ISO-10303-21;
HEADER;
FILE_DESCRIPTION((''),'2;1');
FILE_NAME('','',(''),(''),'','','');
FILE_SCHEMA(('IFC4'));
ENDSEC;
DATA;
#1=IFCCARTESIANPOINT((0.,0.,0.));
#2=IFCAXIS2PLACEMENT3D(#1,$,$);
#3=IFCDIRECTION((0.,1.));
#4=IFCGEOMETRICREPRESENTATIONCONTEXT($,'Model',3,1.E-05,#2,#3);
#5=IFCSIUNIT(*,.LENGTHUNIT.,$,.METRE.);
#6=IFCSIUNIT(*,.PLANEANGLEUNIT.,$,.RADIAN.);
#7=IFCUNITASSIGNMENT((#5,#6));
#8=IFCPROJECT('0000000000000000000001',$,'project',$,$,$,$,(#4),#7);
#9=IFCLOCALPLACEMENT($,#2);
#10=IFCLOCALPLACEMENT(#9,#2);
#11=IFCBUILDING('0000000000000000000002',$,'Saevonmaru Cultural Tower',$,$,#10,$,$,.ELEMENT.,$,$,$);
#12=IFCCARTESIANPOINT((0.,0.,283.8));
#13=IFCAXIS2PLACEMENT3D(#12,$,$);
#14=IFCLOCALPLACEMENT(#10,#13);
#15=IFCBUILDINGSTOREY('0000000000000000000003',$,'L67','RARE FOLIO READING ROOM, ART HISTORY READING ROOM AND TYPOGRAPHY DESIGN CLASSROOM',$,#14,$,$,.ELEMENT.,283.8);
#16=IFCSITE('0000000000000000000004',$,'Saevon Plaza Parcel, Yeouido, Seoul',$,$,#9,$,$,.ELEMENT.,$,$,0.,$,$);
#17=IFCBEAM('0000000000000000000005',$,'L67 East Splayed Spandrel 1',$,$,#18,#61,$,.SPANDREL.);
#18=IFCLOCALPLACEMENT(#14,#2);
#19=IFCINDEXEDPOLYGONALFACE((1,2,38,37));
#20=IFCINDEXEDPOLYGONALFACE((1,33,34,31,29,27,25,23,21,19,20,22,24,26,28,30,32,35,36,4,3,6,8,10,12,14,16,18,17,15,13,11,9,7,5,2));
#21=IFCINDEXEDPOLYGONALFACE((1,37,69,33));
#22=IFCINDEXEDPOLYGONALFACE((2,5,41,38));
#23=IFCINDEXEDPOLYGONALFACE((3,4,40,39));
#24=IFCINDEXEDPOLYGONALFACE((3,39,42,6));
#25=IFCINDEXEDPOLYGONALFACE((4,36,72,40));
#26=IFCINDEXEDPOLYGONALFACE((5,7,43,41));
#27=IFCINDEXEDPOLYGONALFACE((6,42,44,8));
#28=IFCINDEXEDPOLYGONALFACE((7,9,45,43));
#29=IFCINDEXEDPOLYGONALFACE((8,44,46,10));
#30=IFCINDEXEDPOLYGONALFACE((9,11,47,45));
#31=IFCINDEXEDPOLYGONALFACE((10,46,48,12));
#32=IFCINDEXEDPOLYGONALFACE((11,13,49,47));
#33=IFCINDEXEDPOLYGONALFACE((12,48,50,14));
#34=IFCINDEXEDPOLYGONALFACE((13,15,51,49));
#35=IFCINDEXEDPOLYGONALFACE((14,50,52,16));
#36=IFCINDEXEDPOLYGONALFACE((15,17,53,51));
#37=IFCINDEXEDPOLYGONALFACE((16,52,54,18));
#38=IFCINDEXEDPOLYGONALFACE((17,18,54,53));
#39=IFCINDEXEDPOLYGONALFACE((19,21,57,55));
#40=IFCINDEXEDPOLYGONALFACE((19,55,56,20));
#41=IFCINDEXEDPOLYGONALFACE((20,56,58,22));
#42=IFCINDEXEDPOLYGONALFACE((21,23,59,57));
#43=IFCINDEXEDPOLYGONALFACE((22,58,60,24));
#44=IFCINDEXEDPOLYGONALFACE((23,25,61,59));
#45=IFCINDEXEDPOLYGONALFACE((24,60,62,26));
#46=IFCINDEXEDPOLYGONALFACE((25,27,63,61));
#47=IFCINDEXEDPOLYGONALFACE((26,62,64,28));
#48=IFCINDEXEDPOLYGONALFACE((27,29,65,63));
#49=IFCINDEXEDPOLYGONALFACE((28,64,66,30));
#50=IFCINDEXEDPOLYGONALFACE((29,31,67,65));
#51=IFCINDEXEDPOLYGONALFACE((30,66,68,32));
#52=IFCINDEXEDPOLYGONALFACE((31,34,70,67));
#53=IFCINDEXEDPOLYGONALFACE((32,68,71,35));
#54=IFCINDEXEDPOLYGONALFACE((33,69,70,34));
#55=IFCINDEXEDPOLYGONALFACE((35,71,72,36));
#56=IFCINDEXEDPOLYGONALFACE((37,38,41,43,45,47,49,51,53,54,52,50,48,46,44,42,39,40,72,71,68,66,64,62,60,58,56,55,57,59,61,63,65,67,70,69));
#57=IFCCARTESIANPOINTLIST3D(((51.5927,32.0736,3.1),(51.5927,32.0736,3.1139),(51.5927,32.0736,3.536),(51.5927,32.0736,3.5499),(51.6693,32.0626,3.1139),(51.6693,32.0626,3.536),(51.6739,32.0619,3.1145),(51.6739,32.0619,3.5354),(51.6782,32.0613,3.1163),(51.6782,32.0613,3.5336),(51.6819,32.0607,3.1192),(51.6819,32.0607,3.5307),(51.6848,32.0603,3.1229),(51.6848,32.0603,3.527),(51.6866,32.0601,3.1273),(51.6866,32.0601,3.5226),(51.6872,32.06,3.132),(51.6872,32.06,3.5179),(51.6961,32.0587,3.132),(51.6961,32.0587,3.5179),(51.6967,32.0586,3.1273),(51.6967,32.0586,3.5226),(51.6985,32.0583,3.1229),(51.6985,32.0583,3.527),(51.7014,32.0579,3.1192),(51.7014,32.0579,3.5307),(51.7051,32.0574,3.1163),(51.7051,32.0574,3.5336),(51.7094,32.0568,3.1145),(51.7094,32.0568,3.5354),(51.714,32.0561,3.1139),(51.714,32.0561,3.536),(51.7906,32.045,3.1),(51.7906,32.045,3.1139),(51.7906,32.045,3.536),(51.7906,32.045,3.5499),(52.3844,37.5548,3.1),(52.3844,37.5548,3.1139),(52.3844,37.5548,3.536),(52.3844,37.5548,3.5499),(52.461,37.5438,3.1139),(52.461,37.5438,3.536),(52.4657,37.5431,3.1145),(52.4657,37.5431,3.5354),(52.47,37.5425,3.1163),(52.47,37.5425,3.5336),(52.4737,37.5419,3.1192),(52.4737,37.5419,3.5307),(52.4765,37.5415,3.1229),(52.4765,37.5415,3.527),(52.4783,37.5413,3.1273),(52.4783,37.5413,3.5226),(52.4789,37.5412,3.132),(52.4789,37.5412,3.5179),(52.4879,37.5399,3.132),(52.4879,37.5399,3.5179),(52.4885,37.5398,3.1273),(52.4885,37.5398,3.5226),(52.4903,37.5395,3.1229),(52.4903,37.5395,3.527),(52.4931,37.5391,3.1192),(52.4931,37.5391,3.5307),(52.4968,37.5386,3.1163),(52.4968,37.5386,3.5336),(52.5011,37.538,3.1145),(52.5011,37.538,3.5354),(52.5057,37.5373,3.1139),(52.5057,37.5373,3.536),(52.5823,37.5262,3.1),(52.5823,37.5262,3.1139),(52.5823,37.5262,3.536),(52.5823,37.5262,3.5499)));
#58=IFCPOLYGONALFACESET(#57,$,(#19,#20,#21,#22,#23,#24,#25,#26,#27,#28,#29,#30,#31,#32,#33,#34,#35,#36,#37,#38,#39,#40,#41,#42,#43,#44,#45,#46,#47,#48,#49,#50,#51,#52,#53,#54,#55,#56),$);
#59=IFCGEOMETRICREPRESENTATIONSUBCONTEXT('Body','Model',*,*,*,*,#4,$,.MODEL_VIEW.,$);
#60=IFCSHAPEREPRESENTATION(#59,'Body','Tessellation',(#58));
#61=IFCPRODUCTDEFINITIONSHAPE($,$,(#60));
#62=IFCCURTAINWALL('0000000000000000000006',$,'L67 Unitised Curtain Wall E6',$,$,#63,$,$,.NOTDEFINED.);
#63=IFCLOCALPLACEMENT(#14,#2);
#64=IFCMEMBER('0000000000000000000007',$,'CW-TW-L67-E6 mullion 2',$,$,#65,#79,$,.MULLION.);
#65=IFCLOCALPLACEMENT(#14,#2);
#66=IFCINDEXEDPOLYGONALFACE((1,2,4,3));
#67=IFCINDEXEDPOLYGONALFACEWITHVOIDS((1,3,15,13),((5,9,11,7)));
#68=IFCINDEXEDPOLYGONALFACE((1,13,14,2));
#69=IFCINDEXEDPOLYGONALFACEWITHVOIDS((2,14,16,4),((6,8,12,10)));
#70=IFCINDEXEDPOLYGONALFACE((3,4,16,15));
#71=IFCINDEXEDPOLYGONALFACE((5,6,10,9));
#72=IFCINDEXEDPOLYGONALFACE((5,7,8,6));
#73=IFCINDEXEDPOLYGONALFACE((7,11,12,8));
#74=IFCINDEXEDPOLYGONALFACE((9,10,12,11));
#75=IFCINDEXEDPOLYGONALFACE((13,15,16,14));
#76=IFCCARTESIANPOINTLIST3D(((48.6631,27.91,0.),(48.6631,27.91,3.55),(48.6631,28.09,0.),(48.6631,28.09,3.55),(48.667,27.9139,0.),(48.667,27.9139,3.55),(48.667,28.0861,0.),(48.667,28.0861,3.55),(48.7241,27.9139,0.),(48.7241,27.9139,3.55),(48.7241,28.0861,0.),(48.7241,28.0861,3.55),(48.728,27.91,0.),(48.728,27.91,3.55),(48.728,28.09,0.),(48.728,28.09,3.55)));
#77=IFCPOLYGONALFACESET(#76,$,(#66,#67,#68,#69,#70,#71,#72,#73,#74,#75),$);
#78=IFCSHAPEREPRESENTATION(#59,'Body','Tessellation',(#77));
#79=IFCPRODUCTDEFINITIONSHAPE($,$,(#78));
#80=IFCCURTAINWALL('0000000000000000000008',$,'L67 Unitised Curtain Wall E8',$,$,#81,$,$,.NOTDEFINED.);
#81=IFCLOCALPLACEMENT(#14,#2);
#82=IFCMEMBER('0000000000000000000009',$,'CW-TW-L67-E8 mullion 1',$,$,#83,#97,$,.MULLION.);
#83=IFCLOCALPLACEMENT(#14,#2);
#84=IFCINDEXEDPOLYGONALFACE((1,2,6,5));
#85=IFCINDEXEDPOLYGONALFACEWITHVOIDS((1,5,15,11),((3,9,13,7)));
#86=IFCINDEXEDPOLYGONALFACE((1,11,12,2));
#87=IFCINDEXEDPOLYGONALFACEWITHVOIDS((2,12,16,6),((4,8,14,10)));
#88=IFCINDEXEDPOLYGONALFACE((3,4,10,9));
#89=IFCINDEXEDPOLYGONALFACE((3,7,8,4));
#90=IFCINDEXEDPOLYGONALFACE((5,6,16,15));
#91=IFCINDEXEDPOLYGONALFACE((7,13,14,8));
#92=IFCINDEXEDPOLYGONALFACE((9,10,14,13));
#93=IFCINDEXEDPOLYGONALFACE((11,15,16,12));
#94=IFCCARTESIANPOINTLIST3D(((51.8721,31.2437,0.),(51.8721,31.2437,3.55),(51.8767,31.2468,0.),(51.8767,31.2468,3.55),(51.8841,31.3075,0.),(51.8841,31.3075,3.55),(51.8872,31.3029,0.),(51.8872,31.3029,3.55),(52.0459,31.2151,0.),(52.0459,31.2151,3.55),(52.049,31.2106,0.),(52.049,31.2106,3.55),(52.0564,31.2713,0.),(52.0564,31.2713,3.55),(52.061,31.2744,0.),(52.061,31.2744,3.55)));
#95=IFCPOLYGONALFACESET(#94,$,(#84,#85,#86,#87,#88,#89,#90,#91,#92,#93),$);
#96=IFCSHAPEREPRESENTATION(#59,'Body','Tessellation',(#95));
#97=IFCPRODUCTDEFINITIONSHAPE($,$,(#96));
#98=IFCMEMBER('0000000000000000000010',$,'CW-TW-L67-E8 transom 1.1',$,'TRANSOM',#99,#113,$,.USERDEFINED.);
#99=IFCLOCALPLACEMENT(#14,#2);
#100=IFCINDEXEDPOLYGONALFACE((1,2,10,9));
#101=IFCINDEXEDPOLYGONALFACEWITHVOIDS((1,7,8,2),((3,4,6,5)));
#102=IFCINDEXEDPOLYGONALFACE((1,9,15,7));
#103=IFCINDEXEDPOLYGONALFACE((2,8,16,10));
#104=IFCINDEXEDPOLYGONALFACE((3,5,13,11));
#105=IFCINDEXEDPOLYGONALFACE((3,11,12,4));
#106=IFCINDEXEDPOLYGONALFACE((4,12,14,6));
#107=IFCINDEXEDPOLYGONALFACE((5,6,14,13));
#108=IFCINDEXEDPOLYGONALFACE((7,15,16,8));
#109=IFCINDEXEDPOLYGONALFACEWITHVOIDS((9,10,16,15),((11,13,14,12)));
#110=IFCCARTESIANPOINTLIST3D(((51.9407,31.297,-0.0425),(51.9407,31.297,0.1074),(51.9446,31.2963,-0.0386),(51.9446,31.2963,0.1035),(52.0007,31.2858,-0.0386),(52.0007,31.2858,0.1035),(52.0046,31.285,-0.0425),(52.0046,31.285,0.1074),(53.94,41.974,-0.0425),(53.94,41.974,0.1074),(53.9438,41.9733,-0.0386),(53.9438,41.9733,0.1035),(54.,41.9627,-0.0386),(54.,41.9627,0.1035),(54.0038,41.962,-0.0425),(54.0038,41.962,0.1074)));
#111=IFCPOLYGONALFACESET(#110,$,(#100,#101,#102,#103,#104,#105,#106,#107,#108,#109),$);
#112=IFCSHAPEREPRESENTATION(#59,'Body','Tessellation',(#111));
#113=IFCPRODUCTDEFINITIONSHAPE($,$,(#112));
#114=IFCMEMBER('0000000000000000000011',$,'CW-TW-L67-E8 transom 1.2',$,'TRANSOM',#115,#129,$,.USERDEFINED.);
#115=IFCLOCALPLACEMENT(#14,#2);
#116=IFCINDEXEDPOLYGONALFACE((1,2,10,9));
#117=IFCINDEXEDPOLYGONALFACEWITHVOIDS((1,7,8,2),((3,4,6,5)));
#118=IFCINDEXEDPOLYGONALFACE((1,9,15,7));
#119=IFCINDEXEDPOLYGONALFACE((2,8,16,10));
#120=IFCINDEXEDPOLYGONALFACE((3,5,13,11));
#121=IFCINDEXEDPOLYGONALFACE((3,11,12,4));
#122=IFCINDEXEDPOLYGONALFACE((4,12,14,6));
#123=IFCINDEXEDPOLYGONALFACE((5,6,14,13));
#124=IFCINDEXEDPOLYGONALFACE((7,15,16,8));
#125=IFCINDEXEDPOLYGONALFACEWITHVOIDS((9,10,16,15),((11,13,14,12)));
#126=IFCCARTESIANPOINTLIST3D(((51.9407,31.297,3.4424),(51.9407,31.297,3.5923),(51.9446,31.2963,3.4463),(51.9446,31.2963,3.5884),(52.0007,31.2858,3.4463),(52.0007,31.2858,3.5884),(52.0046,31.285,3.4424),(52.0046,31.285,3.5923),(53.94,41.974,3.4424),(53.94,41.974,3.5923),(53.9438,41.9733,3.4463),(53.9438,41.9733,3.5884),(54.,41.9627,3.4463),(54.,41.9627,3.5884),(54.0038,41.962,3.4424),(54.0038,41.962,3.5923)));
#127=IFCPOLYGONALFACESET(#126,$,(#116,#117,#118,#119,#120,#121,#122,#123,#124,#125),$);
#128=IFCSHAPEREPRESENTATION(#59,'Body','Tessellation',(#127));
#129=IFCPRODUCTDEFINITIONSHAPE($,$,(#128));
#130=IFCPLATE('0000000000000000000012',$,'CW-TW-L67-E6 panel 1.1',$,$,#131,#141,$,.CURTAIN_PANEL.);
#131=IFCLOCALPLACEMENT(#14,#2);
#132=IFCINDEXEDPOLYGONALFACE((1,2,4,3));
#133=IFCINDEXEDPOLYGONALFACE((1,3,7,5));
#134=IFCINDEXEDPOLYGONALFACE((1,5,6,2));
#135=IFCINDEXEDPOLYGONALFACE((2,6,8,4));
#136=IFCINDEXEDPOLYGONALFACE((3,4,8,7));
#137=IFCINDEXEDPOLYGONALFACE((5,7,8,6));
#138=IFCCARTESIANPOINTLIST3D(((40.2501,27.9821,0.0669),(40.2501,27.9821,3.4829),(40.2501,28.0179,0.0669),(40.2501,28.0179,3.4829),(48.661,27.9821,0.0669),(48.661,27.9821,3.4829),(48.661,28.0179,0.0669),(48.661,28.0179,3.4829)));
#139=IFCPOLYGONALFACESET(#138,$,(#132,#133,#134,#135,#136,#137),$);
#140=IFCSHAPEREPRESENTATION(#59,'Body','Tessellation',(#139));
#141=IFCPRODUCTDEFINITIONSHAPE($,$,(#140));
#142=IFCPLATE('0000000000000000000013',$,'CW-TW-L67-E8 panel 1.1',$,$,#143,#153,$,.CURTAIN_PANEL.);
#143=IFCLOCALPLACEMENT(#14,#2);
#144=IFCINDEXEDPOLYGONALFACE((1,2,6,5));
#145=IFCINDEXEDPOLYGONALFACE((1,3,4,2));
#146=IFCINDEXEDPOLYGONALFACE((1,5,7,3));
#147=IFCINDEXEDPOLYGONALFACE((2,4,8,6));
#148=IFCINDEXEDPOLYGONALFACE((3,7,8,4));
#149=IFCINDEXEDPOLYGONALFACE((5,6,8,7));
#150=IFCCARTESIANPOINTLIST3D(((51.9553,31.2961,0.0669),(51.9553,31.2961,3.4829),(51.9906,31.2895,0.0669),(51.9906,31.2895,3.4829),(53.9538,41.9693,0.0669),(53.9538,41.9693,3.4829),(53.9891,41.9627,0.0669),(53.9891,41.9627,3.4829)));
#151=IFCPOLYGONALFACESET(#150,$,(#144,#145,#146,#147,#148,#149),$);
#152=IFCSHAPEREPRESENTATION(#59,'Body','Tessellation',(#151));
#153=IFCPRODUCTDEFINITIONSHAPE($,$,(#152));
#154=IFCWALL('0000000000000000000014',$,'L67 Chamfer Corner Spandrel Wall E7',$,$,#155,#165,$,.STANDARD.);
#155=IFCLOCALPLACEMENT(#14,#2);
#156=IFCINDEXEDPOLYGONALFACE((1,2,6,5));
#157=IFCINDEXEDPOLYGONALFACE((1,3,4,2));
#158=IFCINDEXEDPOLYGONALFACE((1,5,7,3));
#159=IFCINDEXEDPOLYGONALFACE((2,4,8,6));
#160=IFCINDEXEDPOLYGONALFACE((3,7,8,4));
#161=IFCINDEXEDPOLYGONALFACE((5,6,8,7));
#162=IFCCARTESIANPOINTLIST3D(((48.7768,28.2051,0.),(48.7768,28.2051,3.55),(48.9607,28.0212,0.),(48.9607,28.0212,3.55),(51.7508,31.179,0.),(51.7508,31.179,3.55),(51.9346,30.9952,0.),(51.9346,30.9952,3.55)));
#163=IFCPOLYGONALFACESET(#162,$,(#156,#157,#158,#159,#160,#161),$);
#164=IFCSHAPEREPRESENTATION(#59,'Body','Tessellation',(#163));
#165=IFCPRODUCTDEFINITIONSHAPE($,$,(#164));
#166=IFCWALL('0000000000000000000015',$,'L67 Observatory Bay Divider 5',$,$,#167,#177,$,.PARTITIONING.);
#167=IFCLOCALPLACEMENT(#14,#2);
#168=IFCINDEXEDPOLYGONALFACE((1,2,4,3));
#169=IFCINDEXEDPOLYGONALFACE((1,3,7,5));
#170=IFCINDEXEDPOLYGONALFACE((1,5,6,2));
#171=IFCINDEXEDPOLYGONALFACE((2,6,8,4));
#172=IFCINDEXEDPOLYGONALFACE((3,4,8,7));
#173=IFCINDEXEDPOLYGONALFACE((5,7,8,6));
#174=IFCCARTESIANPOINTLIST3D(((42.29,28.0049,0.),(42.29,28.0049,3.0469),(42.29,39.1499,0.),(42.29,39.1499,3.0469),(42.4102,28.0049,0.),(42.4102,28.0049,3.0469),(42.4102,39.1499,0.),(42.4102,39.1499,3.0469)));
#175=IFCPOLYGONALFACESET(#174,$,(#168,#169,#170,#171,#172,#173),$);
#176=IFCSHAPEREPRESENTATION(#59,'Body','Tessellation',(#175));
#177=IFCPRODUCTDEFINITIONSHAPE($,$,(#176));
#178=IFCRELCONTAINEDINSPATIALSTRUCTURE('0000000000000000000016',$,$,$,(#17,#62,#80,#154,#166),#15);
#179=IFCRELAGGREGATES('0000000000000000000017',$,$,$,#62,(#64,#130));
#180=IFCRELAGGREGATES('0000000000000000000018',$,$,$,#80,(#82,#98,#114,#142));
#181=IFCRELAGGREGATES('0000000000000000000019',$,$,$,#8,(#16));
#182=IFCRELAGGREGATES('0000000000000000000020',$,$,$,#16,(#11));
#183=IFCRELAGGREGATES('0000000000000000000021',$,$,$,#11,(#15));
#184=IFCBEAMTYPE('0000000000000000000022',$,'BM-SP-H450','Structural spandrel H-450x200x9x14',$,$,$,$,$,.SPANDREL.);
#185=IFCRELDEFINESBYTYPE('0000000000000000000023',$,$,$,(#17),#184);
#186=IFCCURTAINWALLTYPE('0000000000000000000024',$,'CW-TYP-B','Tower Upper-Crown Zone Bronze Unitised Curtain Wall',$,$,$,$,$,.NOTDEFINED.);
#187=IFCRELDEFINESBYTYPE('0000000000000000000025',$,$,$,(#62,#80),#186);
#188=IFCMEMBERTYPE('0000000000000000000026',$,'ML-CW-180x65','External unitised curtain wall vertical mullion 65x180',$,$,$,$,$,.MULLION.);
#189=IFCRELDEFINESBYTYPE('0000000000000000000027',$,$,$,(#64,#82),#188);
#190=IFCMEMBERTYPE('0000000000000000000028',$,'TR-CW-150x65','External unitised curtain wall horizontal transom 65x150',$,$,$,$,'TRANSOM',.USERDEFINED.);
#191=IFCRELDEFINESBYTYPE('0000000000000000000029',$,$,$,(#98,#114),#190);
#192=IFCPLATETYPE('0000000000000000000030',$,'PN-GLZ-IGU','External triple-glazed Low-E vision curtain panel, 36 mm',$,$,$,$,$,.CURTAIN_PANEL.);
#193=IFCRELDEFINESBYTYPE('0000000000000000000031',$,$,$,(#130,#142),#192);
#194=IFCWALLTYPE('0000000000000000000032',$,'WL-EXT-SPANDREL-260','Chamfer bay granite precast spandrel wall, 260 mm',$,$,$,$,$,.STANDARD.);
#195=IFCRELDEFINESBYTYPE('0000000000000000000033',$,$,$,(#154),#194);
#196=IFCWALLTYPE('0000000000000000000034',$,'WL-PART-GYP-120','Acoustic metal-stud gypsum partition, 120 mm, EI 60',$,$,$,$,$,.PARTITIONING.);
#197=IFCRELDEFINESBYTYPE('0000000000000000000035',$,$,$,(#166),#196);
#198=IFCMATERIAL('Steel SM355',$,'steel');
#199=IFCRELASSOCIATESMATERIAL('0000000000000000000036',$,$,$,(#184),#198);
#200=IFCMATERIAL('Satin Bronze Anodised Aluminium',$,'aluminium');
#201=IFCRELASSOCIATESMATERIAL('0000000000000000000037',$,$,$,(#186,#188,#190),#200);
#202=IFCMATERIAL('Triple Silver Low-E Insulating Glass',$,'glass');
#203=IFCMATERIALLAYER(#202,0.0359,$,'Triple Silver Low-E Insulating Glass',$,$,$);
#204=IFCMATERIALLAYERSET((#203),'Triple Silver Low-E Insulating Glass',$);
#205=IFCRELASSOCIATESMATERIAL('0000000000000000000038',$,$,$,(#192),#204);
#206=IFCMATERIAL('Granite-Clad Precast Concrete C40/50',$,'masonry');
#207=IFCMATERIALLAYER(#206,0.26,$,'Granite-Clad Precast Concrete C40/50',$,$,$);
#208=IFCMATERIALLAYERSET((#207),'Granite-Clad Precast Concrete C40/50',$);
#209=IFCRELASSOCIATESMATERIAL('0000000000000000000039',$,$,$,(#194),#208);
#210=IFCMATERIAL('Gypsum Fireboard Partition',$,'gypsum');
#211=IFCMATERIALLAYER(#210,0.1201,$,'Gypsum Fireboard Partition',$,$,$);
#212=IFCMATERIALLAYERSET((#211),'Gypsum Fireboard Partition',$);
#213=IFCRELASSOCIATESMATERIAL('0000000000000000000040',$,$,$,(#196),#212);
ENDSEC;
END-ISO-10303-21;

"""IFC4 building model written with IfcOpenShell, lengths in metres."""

from ifc_helpers import new_model, si_unit, direction, frame, frame_2d, origin, origin_2d, place, context, subcontext, project, spatial, rectangle, hollow_rectangle, i_section, extrude, material, layer, layer_set, material_profile, profile_set, type_object, element, aggregate, save


model = new_model("IFC4")

# Units and contexts
model_context = context("Model", 3, precision=1e-05, world=origin(), true_north=direction((0.0, 1.0)))
body_context = subcontext(model_context, "Body", "Model", "MODEL_VIEW")
ifc_project = project(units=[si_unit("LENGTHUNIT", "METRE"), si_unit("PLANEANGLEUNIT", "RADIAN")], contexts=[model_context])

# Site, building, storey
site_placement = place(None, origin())
site = spatial("IfcSite", under=ifc_project, at=site_placement, Name="Saevon Plaza Parcel, Yeouido, Seoul", CompositionType="ELEMENT", RefElevation=0.0)
building_placement = place(site_placement, origin())
building = spatial("IfcBuilding", under=site, at=building_placement, Name="Saevonmaru Cultural Tower", CompositionType="ELEMENT")
storey_placement = place(building_placement, frame((0.0, 0.0, 283.8)))
storey = spatial("IfcBuildingStorey", under=building, at=storey_placement, Name="L67", Description="RARE FOLIO READING ROOM, ART HISTORY READING ROOM AND TYPOGRAPHY DESIGN CLASSROOM", CompositionType="ELEMENT", Elevation=283.8)

# Shared definitions
ifc_material_1 = material(Name="Steel SM355", Category="steel")

# Beam
ifc_material_profile_1 = material_profile(ifc_material_1, i_section(OverallWidth=0.2, OverallDepth=0.45, WebThickness=0.009, FlangeThickness=0.0139, FilletRadius=0.0181, at=origin_2d()), Name="H-450x200x9x14")
ifc_profile_set_1 = profile_set([ifc_material_profile_1], Name="Steel SM355")
beam_type_1 = type_object("IfcBeamType", Name="BM-SP-H450", Description="Structural spandrel H-450x200x9x14", PredefinedType="SPANDREL", material=ifc_profile_set_1)
beam_1_placement = place(storey_placement, frame((51.6917, 32.0593, 3.325), z_axis=(0.142964, 0.989728, 0.0), x_axis=(-0.989728, 0.142964, 0.0)))
element("IfcBeam", 1, at=beam_1_placement, inside=storey, type_object=beam_type_1, Name="L67 East Splayed Spandrel 1", PredefinedType="SPANDREL", context=body_context, shape_type="SweptSolid", body=[
    extrude(i_section(OverallWidth=0.2, OverallDepth=0.45, WebThickness=0.009, FlangeThickness=0.0139, FilletRadius=0.0181, at=origin_2d()), origin(), (0.0, 0.0, 1.0), 5.5381),
])

# Curtain wall, member
ifc_material_2 = material(Name="Satin Bronze Anodised Aluminium", Category="aluminium")
curtain_wall_type = type_object("IfcCurtainWallType", Name="CW-TYP-B", Description="Tower Upper-Crown Zone Bronze Unitised Curtain Wall", PredefinedType="NOTDEFINED", material=ifc_material_2)
curtain_wall_1_placement = place(storey_placement, origin())
curtain_wall_1 = element("IfcCurtainWall", 2, at=curtain_wall_1_placement, inside=storey, type_object=curtain_wall_type, Name="L67 Unitised Curtain Wall E6", PredefinedType="NOTDEFINED")
ifc_material_profile_2 = material_profile(ifc_material_2, hollow_rectangle(XDim=0.0649, YDim=0.1799, WallThickness=0.0039, at=origin_2d()), Name="ALU-MULL-180x65x4")
ifc_profile_set_2 = profile_set([ifc_material_profile_2], Name="Satin Bronze Anodised Aluminium")
member_type_1 = type_object("IfcMemberType", Name="ML-CW-180x65", Description="External unitised curtain wall vertical mullion 65x180", PredefinedType="MULLION", material=ifc_profile_set_2)
member_1_placement = place(storey_placement, frame((48.6956, 28.0, 0.0), z_axis=(0.0, 0.0, 1.0), x_axis=(1.0, 0.0, 0.0)))
member_1 = element("IfcMember", 3, at=member_1_placement, type_object=member_type_1, Name="CW-TW-L67-E6 mullion 2", PredefinedType="MULLION", context=body_context, shape_type="SweptSolid", body=[
    extrude(hollow_rectangle(XDim=0.0649, YDim=0.1799, WallThickness=0.0039, at=origin_2d()), origin(), (0.0, 0.0, 1.0), 3.55),
])

# Curtain wall, members
curtain_wall_2_placement = place(storey_placement, origin())
curtain_wall_2 = element("IfcCurtainWall", 4, at=curtain_wall_2_placement, inside=storey, type_object=curtain_wall_type, Name="L67 Unitised Curtain Wall E8", PredefinedType="NOTDEFINED")
member_2_placement = place(storey_placement, frame((51.9666, 31.259, 0.0), z_axis=(0.0, 0.0, 1.0), x_axis=(0.184047, 0.982918, 0.0)))
member_2 = element("IfcMember", 5, at=member_2_placement, type_object=member_type_1, Name="CW-TW-L67-E8 mullion 1", PredefinedType="MULLION", context=body_context, shape_type="SweptSolid", body=[
    extrude(hollow_rectangle(XDim=0.0649, YDim=0.1799, WallThickness=0.0039, at=origin_2d()), origin(), (0.0, 0.0, 1.0), 3.55),
])
ifc_material_profile_3 = material_profile(ifc_material_2, hollow_rectangle(XDim=0.0649, YDim=0.1499, WallThickness=0.0039, at=origin_2d()), Name="ALU-TRAN-150x65x4")
ifc_profile_set_3 = profile_set([ifc_material_profile_3], Name="Satin Bronze Anodised Aluminium")
member_type_2 = type_object("IfcMemberType", Name="TR-CW-150x65", Description="External unitised curtain wall horizontal transom 65x150", ElementType="TRANSOM", PredefinedType="USERDEFINED", material=ifc_profile_set_3)
member_3_placement = place(storey_placement, frame((51.9727, 31.291, 0.0325), z_axis=(0.184051, 0.982917, 0.0), x_axis=(-0.982917, 0.184051, 0.0)))
member_3 = element("IfcMember", 6, at=member_3_placement, type_object=member_type_2, Name="CW-TW-L67-E8 transom 1.1", ObjectType="TRANSOM", PredefinedType="USERDEFINED", context=body_context, shape_type="SweptSolid", body=[
    extrude(hollow_rectangle(XDim=0.0649, YDim=0.1499, WallThickness=0.0039, at=origin_2d()), origin(), (0.0, 0.0, 1.0), 10.8625),
])
member_4_placement = place(storey_placement, frame((51.9727, 31.291, 3.5173), z_axis=(0.184051, 0.982917, 0.0), x_axis=(-0.982917, 0.184051, 0.0)))
member_4 = element("IfcMember", 7, at=member_4_placement, type_object=member_type_2, Name="CW-TW-L67-E8 transom 1.2", ObjectType="TRANSOM", PredefinedType="USERDEFINED", context=body_context, shape_type="SweptSolid", body=[
    extrude(hollow_rectangle(XDim=0.0649, YDim=0.1499, WallThickness=0.0039, at=origin_2d()), origin(), (0.0, 0.0, 1.0), 10.8625),
])

# Plates
ifc_material_3 = material(Name="Triple Silver Low-E Insulating Glass", Category="glass")
ifc_layer_1 = layer(ifc_material_3, 0.0359, Name="Triple Silver Low-E Insulating Glass")
ifc_layer_set_1 = layer_set([ifc_layer_1], Name="Triple Silver Low-E Insulating Glass")
plate_type = type_object("IfcPlateType", Name="PN-GLZ-IGU", Description="External triple-glazed Low-E vision curtain panel, 36 mm", PredefinedType="CURTAIN_PANEL", material=ifc_layer_set_1)
plate_1_placement = place(storey_placement, frame((44.4556, 28.0, 0.0669), z_axis=(0.0, 0.0, 1.0), x_axis=(1.0, 0.0, 0.0)))
plate_1 = element("IfcPlate", 8, at=plate_1_placement, type_object=plate_type, Name="CW-TW-L67-E6 panel 1.1", PredefinedType="CURTAIN_PANEL", context=body_context, shape_type="SweptSolid", body=[
    extrude(rectangle(XDim=8.4109, YDim=0.0359, at=origin_2d()), origin(), (0.0, 0.0, 1.0), 3.416),
])
aggregate(curtain_wall_1, [member_1, plate_1])
plate_2_placement = place(storey_placement, frame((52.9722, 36.6294, 0.0669), z_axis=(0.0, 0.0, 1.0), x_axis=(0.184047, 0.982918, 0.0)))
plate_2 = element("IfcPlate", 9, at=plate_2_placement, type_object=plate_type, Name="CW-TW-L67-E8 panel 1.1", PredefinedType="CURTAIN_PANEL", context=body_context, shape_type="SweptSolid", body=[
    extrude(rectangle(XDim=10.8586, YDim=0.0359, at=origin_2d()), origin(), (0.0, 0.0, 1.0), 3.416),
])
aggregate(curtain_wall_2, [member_2, member_3, member_4, plate_2])

# Walls
ifc_material_4 = material(Name="Granite-Clad Precast Concrete C40/50", Category="masonry")
ifc_layer_2 = layer(ifc_material_4, 0.26, Name="Granite-Clad Precast Concrete C40/50")
ifc_layer_set_2 = layer_set([ifc_layer_2], Name="Granite-Clad Precast Concrete C40/50")
wall_type_1 = type_object("IfcWallType", Name="WL-EXT-SPANDREL-260", Description="Chamfer bay granite precast spandrel wall, 260 mm", PredefinedType="STANDARD", material=ifc_layer_set_2)
wall_1_placement = place(storey_placement, frame((48.8687, 28.113, 0.0), z_axis=(0.0, 0.0, 1.0), x_axis=(0.707107, 0.707107, 0.0)))
element("IfcWall", 10, at=wall_1_placement, inside=storey, type_object=wall_type_1, Name="L67 Chamfer Corner Spandrel Wall E7", PredefinedType="STANDARD", context=body_context, shape_type="SweptSolid", body=[
    extrude(rectangle(XDim=4.2058, YDim=0.26, at=frame_2d((2.103, 0.0))), origin(), (0.0, 0.0, 1.0), 3.55),
])
ifc_material_5 = material(Name="Gypsum Fireboard Partition", Category="gypsum")
ifc_layer_3 = layer(ifc_material_5, 0.1201, Name="Gypsum Fireboard Partition")
ifc_layer_set_3 = layer_set([ifc_layer_3], Name="Gypsum Fireboard Partition")
wall_type_2 = type_object("IfcWallType", Name="WL-PART-GYP-120", Description="Acoustic metal-stud gypsum partition, 120 mm, EI 60", PredefinedType="PARTITIONING", material=ifc_layer_set_3)
wall_2_placement = place(storey_placement, frame((42.3501, 28.0049, 0.0), z_axis=(0.0, 0.0, 1.0), x_axis=(0.0, 1.0, 0.0)))
element("IfcWall", 11, at=wall_2_placement, inside=storey, type_object=wall_type_2, Name="L67 Observatory Bay Divider 5", PredefinedType="PARTITIONING", context=body_context, shape_type="SweptSolid", body=[
    extrude(rectangle(XDim=11.145, YDim=0.1201, at=frame_2d((5.5725, 0.0))), origin(), (0.0, 0.0, 1.0), 3.0469),
])

save(model, "model.ifc")
